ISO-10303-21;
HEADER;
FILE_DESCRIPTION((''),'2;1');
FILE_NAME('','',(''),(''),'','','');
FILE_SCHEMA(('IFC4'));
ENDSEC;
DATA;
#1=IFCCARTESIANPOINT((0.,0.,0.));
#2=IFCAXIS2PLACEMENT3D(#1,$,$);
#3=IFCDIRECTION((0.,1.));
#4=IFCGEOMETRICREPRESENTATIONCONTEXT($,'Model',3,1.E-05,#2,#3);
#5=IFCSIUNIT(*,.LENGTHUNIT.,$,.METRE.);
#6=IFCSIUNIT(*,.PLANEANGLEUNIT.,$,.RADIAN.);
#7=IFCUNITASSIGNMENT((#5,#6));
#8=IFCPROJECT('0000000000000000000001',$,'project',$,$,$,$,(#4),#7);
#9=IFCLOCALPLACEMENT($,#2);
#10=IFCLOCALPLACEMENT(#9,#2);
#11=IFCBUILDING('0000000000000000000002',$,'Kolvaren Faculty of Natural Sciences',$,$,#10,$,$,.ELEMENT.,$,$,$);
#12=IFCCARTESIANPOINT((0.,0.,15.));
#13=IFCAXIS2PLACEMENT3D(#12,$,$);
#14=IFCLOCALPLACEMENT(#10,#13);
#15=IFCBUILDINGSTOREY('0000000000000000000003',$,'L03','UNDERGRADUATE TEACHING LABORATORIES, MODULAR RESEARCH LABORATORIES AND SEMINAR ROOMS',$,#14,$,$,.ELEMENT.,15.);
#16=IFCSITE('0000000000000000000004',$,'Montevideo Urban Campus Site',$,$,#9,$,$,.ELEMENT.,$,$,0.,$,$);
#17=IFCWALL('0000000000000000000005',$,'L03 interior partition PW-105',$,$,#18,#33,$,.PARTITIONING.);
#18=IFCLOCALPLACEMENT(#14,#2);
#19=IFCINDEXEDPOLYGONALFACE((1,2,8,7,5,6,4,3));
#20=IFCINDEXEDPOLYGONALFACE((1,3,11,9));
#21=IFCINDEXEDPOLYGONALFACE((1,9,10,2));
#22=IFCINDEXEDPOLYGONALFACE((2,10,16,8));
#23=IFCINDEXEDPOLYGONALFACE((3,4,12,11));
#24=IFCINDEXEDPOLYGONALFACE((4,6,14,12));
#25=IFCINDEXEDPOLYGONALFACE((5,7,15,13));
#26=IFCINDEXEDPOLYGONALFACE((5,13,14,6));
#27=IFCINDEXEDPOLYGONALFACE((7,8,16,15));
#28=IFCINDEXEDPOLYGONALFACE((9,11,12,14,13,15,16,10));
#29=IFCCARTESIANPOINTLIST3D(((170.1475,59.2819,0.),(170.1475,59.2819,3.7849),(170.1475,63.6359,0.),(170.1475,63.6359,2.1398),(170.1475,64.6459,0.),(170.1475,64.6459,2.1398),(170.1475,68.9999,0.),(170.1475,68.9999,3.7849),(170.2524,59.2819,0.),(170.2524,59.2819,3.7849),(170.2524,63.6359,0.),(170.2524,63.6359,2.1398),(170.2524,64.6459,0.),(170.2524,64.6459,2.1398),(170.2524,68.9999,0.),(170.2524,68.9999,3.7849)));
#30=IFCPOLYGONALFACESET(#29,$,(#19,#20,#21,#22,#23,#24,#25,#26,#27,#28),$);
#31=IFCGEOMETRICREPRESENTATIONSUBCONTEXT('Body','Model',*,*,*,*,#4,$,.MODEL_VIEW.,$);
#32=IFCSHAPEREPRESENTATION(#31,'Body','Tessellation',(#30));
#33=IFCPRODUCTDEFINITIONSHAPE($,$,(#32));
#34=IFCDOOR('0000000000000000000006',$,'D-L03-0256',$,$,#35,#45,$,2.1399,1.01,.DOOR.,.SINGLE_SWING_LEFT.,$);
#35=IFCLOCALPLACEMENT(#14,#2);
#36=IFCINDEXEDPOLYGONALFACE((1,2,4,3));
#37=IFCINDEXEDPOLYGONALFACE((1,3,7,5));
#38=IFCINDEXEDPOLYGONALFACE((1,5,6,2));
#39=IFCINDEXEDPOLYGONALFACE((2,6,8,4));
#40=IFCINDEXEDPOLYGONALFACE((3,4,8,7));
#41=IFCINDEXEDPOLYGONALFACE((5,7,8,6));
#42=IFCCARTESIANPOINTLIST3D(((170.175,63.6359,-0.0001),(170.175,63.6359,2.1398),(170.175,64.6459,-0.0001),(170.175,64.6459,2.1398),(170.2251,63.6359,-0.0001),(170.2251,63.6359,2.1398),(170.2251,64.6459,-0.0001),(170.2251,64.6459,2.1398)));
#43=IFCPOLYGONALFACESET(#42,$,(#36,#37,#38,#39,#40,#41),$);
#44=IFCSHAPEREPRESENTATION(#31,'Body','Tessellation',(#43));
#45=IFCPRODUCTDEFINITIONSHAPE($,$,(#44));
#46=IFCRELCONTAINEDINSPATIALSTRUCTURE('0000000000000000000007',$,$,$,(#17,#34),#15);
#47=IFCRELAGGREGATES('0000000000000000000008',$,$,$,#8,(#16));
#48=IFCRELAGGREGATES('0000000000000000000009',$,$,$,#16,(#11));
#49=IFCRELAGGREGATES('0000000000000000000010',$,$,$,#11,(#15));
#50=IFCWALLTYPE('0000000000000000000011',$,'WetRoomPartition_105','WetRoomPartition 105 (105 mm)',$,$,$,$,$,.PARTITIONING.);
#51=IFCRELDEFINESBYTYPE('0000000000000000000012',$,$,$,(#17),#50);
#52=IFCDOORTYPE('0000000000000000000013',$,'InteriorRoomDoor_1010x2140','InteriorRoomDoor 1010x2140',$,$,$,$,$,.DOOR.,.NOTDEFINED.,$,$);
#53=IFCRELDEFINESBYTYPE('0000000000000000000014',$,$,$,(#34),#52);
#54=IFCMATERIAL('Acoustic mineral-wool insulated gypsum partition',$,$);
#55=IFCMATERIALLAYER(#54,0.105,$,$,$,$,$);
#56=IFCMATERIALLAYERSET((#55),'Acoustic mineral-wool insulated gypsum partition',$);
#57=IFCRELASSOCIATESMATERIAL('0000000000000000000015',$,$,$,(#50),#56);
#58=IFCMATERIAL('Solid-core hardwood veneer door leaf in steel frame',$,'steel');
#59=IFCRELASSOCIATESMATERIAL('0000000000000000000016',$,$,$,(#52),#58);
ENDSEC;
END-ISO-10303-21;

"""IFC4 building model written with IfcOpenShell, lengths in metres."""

from ifc_helpers import new_model, si_unit, direction, frame, frame_2d, origin, place, context, subcontext, project, spatial, rectangle, extrude, material, layer, layer_set, type_object, element, fill, save


model = new_model("IFC4")

# Units and contexts
model_context = context("Model", 3, precision=1e-05, world=origin(), true_north=direction((0.0, 1.0)))
body_context = subcontext(model_context, "Body", "Model", "MODEL_VIEW")
ifc_project = project(units=[si_unit("LENGTHUNIT", "METRE"), si_unit("PLANEANGLEUNIT", "RADIAN")], contexts=[model_context])

# Site, building, storey
site_placement = place(None, origin())
site = spatial("IfcSite", under=ifc_project, at=site_placement, Name="Montevideo Urban Campus Site", CompositionType="ELEMENT", RefElevation=0.0)
building_placement = place(site_placement, origin())
building = spatial("IfcBuilding", under=site, at=building_placement, Name="Kolvaren Faculty of Natural Sciences", CompositionType="ELEMENT")
storey_placement = place(building_placement, frame((0.0, 0.0, 15.0)))
storey = spatial("IfcBuildingStorey", under=building, at=storey_placement, Name="L03", Description="UNDERGRADUATE TEACHING LABORATORIES, MODULAR RESEARCH LABORATORIES AND SEMINAR ROOMS", CompositionType="ELEMENT", Elevation=15.0)

# Shared definitions
ifc_material_1 = material(Name="Acoustic mineral-wool insulated gypsum partition")
ifc_material_2 = material(Name="Solid-core hardwood veneer door leaf in steel frame", Category="steel")

# Shared definitions
ifc_layer_1 = layer(ifc_material_1, 0.105)
ifc_layer_set_1 = layer_set([ifc_layer_1], Name="Acoustic mineral-wool insulated gypsum partition")
wall_type_1 = type_object("IfcWallType", Name="WetRoomPartition_105", Description="WetRoomPartition 105 (105 mm)", PredefinedType="PARTITIONING", material=ifc_layer_set_1)

# Wall, opening, door
wall_1_placement = place(storey_placement, frame((170.2, 59.282, 0.0), z_axis=(0.0, 0.0, 1.0), x_axis=(0.0, 1.0, 0.0)))
wall_1 = element("IfcWall", 1, at=wall_1_placement, inside=storey, type_object=wall_type_1, Name="L03 interior partition PW-105", PredefinedType="PARTITIONING", context=body_context, shape_type="SweptSolid", body=[
    extrude(rectangle(XDim=9.718, YDim=0.105, at=frame_2d((4.8589, 0.0))), origin(), (0.0, 0.0, 1.0), 3.7849),
])
opening_1_placement = place(wall_1_placement, frame((4.354, 0.0, 0.0)))
opening_1 = element("IfcOpeningElement", 2, at=opening_1_placement, cuts=wall_1, PredefinedType="OPENING", context=body_context, shape_type="SweptSolid", body=[
    extrude(rectangle(XDim=1.01, YDim=2.1399, at=frame_2d((0.5049, 1.0698))), frame((0.0, 0.0625, 0.0), z_axis=(0.0, -1.0, 0.0), x_axis=(1.0, 0.0, 0.0)), (0.0, 0.0, 1.0), 0.125),
])
door_type_1 = type_object("IfcDoorType", Name="InteriorRoomDoor_1010x2140", Description="InteriorRoomDoor 1010x2140", OperationType="NOTDEFINED", PredefinedType="DOOR", material=ifc_material_2)
door_1_placement = place(opening_1_placement, origin())
door_1 = element("IfcDoor", 3, at=door_1_placement, inside=storey, type_object=door_type_1, Name="D-L03-0256", OperationType="SINGLE_SWING_LEFT", OverallHeight=2.1399, OverallWidth=1.01, PredefinedType="DOOR", context=body_context, shape_type="SweptSolid", body=[
    extrude(rectangle(XDim=1.01, YDim=2.1399, at=frame_2d((0.5049, 1.0698))), frame((0.0, 0.0249, 0.0), z_axis=(0.0, -1.0, 0.0), x_axis=(1.0, 0.0, 0.0)), (0.0, 0.0, 1.0), 0.05),
])
fill(opening_1, door_1)

save(model, "model.ifc")
